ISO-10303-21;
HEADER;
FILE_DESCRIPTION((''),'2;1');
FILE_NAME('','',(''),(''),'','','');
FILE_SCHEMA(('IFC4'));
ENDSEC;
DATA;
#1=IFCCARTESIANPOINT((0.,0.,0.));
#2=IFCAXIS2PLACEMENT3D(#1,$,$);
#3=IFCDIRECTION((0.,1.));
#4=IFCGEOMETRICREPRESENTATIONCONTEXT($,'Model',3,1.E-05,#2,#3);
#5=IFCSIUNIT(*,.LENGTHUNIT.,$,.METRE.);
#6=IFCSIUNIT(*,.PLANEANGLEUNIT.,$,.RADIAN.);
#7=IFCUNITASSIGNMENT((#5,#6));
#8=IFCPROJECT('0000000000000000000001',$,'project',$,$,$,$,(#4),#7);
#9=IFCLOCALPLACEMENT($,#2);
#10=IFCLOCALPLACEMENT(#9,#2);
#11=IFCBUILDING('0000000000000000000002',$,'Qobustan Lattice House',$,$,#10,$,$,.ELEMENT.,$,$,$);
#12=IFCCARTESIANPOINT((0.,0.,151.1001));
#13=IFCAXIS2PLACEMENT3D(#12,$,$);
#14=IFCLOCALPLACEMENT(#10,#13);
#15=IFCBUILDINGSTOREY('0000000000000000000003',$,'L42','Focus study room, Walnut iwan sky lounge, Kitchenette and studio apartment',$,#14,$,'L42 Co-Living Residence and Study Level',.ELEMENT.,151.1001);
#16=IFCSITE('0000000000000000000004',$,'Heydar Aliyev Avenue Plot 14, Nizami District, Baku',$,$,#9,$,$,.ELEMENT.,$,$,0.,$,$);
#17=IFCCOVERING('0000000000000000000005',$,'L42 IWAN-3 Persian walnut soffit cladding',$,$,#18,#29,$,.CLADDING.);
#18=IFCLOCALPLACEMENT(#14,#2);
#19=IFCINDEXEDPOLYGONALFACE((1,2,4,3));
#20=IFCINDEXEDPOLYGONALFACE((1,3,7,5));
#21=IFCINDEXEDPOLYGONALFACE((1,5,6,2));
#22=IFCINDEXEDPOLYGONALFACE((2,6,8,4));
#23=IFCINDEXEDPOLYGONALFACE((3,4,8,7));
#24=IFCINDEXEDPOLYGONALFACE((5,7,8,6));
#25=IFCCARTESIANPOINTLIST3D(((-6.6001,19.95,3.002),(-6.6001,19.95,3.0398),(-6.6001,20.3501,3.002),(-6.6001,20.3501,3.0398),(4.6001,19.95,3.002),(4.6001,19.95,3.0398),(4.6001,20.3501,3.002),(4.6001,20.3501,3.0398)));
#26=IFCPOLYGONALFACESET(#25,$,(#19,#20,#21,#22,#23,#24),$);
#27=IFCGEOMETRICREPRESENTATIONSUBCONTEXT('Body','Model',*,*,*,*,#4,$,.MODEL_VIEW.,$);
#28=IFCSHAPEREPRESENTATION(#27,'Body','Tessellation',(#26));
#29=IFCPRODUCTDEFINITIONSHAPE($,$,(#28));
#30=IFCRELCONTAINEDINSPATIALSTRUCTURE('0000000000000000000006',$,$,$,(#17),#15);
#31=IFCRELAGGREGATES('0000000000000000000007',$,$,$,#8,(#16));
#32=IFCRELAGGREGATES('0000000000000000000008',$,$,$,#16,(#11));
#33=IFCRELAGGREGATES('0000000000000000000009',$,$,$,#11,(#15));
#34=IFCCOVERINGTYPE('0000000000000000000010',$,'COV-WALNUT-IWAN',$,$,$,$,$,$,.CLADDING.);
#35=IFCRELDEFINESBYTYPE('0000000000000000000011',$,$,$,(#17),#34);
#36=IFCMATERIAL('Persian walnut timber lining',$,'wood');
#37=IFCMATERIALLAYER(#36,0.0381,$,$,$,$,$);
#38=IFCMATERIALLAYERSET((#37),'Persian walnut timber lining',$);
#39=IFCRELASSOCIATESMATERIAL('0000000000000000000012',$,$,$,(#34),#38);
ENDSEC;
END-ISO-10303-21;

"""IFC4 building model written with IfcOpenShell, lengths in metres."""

from ifc_helpers import new_model, si_unit, direction, frame, origin, place, context, subcontext, project, spatial, polyline, outline, extrude, material, layer, layer_set, type_object, element, save


model = new_model("IFC4")

# Units and contexts
model_context = context("Model", 3, precision=1e-05, world=origin(), true_north=direction((0.0, 1.0)))
body_context = subcontext(model_context, "Body", "Model", "MODEL_VIEW")
ifc_project = project(units=[si_unit("LENGTHUNIT", "METRE"), si_unit("PLANEANGLEUNIT", "RADIAN")], contexts=[model_context])

# Site, building, storey
site_placement = place(None, origin())
site = spatial("IfcSite", under=ifc_project, at=site_placement, Name="Heydar Aliyev Avenue Plot 14, Nizami District, Baku", CompositionType="ELEMENT", RefElevation=0.0)
building_placement = place(site_placement, origin())
building = spatial("IfcBuilding", under=site, at=building_placement, Name="Qobustan Lattice House", CompositionType="ELEMENT")
storey_placement = place(building_placement, frame((0.0, 0.0, 151.1001)))
storey = spatial("IfcBuildingStorey", under=building, at=storey_placement, Name="L42", Description="Focus study room, Walnut iwan sky lounge, Kitchenette and studio apartment", LongName="L42 Co-Living Residence and Study Level", CompositionType="ELEMENT", Elevation=151.1001)

# Covering
ifc_material_1 = material(Name="Persian walnut timber lining", Category="wood")
ifc_layer_1 = layer(ifc_material_1, 0.0381)
ifc_layer_set_1 = layer_set([ifc_layer_1], Name="Persian walnut timber lining")
covering_type_1 = type_object("IfcCoveringType", Name="COV-WALNUT-IWAN", PredefinedType="CLADDING", material=ifc_layer_set_1)
covering_1_placement = place(storey_placement, frame((0.0, 0.0, 3.002)))
element("IfcCovering", 1, at=covering_1_placement, inside=storey, type_object=covering_type_1, Name="L42 IWAN-3 Persian walnut soffit cladding", PredefinedType="CLADDING", context=body_context, shape_type="SweptSolid", body=[
    extrude(outline(polyline([(-6.6001, 20.3501), (4.6001, 20.3501), (4.6001, 19.95), (-6.6001, 19.95), (-6.6001, 20.3501)])), origin(), (0.0, 0.0, 1.0), 0.0378),
])

save(model, "model.ifc")
